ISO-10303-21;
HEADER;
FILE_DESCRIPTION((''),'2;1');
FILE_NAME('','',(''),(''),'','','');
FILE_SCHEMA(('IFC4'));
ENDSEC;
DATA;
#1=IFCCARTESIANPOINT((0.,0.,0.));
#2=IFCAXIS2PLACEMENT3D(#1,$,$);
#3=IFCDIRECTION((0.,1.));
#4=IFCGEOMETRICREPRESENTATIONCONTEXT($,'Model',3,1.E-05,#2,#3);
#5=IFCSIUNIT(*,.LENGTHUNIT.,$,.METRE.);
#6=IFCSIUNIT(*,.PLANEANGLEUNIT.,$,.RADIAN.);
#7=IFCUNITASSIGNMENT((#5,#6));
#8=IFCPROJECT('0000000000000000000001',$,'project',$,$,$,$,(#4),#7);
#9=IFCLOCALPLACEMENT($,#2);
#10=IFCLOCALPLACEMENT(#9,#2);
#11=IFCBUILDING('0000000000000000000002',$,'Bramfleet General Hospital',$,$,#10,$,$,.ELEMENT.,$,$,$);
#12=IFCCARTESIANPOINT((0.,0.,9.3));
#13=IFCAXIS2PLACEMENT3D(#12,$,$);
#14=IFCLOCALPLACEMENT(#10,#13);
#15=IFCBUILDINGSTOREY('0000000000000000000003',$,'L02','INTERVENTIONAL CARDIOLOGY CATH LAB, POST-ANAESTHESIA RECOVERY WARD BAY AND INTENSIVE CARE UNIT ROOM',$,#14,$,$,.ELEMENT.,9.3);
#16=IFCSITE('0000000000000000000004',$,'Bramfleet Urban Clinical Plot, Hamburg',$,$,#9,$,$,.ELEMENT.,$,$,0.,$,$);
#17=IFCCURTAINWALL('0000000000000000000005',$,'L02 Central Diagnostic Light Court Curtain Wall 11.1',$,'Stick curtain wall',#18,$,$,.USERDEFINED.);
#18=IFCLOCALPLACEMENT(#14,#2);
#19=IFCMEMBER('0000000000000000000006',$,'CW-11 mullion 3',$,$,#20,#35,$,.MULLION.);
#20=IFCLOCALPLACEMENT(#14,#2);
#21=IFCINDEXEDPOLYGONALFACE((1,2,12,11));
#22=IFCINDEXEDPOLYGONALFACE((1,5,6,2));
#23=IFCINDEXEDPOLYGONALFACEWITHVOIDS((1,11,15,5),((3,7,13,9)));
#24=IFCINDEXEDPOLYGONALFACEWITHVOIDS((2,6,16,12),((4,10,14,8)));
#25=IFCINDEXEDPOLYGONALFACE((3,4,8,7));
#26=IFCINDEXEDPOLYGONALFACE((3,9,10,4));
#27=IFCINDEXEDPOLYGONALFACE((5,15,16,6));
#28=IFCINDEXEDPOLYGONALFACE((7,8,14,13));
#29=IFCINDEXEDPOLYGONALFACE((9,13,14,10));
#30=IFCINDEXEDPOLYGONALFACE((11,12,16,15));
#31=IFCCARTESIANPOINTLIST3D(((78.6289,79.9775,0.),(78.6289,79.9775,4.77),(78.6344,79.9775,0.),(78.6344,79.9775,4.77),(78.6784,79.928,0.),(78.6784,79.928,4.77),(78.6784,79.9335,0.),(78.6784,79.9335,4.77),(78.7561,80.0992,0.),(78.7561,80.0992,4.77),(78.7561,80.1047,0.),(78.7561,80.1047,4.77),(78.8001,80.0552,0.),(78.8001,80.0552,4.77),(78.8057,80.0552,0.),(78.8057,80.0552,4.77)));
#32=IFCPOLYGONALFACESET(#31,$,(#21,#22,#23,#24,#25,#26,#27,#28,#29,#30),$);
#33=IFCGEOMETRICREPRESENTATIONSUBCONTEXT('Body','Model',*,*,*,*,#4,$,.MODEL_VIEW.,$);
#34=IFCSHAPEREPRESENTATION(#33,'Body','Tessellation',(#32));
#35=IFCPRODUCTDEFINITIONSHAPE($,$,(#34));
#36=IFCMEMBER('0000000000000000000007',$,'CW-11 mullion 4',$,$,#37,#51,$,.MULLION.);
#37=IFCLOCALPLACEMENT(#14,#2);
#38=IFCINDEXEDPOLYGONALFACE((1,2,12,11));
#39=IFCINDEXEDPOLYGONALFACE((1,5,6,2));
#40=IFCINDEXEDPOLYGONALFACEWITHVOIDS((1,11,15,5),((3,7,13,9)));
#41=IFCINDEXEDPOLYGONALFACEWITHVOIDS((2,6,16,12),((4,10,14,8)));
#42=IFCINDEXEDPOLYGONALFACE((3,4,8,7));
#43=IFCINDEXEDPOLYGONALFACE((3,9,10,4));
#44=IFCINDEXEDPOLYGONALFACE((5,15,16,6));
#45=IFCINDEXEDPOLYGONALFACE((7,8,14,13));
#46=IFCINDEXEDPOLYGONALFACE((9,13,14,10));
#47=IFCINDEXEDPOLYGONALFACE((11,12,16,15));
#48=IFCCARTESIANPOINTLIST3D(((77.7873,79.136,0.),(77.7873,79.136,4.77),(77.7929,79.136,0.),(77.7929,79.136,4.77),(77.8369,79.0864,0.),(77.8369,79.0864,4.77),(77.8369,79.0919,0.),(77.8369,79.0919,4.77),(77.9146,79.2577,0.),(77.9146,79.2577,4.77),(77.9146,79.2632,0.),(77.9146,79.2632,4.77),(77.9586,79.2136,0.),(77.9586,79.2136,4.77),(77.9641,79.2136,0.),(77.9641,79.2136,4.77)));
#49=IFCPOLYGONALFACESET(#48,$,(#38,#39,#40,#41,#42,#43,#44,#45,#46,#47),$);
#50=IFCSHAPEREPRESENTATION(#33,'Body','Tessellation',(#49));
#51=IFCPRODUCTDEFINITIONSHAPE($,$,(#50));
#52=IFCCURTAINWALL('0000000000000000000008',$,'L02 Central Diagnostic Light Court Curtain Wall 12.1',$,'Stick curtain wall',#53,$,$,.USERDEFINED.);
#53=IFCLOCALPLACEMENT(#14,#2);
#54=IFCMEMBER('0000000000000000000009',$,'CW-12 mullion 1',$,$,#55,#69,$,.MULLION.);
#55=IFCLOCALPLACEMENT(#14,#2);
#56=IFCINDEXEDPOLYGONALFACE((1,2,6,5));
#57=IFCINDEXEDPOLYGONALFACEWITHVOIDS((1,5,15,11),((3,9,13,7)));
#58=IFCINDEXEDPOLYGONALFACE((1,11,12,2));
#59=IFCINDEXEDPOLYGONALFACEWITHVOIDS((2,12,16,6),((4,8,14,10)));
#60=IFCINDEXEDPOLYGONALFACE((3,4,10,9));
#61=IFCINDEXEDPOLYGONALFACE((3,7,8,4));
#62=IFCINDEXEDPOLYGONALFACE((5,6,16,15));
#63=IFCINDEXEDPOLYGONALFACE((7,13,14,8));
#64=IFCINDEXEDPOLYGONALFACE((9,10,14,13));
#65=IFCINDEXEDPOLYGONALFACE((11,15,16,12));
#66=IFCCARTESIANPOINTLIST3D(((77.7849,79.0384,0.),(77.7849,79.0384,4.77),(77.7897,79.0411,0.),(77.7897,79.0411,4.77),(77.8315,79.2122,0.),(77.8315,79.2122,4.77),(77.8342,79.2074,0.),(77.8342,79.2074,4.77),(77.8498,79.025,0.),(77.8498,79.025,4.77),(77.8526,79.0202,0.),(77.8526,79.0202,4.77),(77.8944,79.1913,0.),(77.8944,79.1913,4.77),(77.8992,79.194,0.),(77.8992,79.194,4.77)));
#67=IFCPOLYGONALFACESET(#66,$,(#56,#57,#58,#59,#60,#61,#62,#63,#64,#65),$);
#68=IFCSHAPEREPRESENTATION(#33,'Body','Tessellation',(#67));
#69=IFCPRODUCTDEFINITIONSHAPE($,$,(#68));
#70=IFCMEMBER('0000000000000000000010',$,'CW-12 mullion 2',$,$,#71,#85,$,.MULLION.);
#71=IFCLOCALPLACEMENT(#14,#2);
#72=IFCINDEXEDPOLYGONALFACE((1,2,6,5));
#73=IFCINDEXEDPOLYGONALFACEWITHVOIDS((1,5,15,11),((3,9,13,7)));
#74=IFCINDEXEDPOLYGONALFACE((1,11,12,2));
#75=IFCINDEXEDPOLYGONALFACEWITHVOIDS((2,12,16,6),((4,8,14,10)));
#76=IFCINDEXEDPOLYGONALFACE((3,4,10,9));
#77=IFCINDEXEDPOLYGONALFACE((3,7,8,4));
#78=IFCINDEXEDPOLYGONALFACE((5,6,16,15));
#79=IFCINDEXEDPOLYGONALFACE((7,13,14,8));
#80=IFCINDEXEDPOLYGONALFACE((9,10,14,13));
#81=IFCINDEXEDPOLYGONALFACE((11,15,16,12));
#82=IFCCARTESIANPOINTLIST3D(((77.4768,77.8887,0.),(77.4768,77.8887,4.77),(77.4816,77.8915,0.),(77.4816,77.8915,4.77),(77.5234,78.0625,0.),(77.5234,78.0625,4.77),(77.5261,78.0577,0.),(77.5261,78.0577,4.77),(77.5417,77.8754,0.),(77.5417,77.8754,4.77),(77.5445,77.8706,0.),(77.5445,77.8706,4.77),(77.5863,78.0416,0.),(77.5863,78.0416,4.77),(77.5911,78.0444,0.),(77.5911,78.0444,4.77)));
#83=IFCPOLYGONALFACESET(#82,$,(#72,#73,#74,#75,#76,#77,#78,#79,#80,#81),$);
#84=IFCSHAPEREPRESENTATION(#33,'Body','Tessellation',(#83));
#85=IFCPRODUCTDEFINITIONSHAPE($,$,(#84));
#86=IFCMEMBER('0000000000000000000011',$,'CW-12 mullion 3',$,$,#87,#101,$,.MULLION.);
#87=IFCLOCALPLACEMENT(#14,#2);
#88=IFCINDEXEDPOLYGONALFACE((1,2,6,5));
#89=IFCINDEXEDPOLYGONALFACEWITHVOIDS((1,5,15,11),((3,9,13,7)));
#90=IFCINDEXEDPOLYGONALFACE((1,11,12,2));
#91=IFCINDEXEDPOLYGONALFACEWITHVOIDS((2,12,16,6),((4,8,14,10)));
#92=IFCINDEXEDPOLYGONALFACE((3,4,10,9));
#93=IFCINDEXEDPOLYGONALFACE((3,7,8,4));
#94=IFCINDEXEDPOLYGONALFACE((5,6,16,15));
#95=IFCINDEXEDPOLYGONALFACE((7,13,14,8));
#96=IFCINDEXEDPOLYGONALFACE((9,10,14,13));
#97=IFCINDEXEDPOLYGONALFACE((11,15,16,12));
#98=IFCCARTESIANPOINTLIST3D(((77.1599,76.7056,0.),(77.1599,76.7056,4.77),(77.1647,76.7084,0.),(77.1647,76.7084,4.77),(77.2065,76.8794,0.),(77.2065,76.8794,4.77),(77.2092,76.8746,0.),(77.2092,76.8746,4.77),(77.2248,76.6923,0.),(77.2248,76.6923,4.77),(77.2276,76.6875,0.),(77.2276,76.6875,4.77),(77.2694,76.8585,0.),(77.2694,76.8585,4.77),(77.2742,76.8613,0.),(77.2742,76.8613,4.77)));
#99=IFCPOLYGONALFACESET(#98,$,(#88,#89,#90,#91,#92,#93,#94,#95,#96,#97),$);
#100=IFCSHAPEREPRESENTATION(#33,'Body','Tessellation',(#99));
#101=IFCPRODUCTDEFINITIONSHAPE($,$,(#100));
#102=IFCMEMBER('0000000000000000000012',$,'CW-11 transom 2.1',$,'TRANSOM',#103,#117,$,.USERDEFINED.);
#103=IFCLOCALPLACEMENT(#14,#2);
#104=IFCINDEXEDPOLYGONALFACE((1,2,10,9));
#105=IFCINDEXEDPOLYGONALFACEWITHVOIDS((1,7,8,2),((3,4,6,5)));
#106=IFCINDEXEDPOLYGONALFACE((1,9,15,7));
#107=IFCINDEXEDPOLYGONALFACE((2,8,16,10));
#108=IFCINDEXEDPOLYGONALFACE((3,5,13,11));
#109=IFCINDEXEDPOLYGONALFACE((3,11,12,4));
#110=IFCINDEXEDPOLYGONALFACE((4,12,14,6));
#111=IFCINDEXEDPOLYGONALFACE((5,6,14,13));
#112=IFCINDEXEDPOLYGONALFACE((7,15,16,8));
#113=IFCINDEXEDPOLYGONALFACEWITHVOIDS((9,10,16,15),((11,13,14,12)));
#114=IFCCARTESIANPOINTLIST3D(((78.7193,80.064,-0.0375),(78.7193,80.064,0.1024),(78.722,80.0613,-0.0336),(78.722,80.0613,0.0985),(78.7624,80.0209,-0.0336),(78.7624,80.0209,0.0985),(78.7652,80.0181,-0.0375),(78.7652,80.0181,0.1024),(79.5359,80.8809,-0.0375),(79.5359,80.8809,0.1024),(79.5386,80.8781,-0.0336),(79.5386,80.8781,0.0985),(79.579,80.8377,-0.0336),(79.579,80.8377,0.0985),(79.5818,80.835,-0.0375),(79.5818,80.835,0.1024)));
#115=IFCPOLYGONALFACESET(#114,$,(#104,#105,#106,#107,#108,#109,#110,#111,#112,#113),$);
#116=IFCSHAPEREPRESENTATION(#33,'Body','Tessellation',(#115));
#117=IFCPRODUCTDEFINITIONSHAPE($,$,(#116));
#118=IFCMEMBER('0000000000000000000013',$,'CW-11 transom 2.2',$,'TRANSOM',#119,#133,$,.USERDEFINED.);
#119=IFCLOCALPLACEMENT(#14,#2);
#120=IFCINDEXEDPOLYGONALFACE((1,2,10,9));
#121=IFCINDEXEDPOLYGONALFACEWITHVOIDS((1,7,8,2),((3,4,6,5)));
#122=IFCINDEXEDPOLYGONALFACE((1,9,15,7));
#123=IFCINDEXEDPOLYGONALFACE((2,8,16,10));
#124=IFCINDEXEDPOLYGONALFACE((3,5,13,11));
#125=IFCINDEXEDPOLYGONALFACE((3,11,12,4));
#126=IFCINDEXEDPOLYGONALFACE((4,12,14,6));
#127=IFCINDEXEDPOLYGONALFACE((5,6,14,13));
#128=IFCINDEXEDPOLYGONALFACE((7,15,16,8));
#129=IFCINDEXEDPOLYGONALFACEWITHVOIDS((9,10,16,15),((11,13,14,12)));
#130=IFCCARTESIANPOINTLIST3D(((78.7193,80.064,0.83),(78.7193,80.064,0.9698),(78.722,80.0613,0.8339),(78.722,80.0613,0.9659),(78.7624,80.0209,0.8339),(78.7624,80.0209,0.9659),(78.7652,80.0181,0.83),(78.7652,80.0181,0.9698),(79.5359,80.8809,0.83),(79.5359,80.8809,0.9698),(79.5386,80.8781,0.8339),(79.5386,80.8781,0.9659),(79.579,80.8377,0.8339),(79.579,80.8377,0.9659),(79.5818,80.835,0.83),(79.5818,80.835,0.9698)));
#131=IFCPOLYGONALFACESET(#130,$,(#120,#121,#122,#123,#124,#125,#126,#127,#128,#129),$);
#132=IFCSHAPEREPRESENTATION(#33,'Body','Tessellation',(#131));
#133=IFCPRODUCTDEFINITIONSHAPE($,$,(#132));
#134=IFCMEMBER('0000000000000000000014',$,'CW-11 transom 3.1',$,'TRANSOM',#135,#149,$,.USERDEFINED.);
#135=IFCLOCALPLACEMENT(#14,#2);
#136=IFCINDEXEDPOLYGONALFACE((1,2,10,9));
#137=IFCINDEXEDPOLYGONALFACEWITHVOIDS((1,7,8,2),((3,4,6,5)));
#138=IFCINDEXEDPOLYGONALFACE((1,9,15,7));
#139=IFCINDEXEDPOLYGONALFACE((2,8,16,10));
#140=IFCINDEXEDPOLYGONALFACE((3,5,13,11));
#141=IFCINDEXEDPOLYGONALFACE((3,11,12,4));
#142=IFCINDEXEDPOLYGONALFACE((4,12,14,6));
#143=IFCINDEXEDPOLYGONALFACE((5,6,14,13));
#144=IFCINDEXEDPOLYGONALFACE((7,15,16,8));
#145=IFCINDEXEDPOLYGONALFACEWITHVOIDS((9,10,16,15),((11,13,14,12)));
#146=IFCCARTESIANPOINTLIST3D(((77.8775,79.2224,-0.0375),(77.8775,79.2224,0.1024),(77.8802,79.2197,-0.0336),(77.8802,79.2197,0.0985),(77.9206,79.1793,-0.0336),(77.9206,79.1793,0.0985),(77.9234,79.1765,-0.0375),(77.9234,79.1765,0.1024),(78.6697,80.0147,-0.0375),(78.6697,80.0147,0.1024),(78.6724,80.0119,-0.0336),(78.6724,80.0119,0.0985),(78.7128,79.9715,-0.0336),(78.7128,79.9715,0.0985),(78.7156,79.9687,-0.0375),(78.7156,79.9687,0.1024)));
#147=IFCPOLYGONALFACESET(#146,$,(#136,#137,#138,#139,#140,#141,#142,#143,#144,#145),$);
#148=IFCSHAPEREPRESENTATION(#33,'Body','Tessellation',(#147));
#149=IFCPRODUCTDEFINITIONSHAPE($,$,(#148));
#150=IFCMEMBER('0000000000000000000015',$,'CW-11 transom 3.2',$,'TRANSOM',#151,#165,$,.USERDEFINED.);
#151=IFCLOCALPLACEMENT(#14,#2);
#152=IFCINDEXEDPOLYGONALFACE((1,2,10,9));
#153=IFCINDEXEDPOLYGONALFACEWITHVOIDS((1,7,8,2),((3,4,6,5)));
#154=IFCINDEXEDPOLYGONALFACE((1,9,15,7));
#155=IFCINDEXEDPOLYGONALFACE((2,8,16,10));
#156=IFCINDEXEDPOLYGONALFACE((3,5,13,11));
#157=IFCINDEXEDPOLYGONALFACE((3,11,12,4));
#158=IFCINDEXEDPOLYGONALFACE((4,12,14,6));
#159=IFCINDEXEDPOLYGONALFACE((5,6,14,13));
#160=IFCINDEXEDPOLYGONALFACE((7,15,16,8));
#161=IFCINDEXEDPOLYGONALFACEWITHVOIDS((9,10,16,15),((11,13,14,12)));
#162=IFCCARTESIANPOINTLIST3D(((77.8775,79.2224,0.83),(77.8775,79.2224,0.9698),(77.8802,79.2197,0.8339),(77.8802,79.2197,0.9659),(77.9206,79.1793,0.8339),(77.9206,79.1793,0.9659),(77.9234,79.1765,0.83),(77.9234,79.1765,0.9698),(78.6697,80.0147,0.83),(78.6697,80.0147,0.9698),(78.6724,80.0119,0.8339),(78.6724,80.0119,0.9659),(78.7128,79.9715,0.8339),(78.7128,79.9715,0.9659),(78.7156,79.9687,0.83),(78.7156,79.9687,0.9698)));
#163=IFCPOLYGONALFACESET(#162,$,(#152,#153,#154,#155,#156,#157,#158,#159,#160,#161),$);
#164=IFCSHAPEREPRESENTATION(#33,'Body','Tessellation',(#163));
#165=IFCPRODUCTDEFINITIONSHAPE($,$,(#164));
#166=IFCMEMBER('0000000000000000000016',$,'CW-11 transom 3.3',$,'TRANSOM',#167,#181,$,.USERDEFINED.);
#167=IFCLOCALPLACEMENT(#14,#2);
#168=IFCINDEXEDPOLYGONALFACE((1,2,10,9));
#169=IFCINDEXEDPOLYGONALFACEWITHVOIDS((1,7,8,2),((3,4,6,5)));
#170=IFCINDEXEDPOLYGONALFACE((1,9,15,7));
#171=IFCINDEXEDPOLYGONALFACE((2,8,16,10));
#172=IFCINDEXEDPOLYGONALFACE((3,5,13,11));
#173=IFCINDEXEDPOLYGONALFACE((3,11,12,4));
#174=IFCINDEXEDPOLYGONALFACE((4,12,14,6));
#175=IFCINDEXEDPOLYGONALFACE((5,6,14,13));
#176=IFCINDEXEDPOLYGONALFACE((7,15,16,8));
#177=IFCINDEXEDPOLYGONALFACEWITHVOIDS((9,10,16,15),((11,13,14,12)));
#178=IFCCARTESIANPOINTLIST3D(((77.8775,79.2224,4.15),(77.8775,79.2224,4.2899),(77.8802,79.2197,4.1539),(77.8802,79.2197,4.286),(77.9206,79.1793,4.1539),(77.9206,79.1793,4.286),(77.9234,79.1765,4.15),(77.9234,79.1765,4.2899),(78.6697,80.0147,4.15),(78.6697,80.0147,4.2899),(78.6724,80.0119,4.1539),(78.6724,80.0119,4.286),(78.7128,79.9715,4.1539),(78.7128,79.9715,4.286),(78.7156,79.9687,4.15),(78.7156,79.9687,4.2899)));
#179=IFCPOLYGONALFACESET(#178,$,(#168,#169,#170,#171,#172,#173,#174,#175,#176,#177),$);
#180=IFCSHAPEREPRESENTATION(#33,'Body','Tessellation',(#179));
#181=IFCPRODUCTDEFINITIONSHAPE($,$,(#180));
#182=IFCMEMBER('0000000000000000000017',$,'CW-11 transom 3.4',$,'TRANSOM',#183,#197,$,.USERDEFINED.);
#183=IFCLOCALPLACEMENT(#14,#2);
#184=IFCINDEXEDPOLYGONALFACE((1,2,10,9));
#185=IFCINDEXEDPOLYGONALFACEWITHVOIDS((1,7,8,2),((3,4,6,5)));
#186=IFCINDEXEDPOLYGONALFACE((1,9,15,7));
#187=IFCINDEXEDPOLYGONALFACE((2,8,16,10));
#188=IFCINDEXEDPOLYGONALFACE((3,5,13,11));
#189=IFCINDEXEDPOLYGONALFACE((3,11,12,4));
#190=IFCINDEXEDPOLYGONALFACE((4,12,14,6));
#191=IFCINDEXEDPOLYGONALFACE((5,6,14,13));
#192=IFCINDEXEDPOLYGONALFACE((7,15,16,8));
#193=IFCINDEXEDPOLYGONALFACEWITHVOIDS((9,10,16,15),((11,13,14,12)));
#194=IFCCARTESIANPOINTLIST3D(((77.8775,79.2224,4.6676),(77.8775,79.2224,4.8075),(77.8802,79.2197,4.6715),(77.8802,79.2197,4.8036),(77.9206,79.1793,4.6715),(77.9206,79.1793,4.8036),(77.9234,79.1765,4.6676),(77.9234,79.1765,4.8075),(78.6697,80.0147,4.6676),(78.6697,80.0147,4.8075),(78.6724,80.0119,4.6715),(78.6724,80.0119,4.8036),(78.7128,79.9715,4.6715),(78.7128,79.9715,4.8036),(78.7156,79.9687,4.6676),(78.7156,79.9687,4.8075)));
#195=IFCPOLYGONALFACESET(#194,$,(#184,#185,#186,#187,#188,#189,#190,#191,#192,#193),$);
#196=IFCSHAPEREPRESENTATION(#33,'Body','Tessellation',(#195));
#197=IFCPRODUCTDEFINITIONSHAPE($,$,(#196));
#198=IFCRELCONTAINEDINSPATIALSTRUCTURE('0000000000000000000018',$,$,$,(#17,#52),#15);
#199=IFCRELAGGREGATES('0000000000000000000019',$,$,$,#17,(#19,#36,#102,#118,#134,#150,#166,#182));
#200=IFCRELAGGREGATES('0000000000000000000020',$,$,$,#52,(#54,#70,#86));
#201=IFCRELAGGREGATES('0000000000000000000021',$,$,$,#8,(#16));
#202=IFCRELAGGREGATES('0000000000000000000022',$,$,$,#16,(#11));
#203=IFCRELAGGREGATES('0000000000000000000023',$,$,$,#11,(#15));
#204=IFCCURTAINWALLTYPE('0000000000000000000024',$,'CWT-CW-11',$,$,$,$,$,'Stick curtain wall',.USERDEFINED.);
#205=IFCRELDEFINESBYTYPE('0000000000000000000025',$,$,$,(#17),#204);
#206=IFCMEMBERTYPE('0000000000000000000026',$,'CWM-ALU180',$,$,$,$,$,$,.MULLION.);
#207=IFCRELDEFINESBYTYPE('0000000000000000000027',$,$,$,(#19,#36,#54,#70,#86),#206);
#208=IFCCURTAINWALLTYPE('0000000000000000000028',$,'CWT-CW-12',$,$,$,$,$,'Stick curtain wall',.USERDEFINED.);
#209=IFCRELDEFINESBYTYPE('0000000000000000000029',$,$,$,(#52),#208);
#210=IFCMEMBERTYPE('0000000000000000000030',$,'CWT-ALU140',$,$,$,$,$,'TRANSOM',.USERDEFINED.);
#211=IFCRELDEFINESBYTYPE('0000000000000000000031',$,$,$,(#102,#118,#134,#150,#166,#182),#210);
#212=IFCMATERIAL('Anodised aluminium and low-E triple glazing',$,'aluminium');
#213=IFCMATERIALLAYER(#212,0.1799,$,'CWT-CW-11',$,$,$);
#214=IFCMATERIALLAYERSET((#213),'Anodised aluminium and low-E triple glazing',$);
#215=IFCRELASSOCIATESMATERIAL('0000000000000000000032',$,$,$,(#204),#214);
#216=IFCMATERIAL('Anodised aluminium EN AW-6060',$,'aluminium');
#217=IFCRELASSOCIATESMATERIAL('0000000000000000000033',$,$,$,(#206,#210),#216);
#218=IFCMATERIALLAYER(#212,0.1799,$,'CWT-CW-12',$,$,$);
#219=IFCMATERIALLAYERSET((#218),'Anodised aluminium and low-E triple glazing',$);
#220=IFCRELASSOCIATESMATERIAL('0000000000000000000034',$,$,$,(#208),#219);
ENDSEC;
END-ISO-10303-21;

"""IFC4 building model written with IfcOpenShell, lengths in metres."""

from ifc_helpers import new_model, si_unit, direction, frame, origin, origin_2d, place, context, subcontext, project, spatial, hollow_rectangle, extrude, material, layer, layer_set, material_profile, profile_set, type_object, element, aggregate, save


model = new_model("IFC4")

# Units and contexts
model_context = context("Model", 3, precision=1e-05, world=origin(), true_north=direction((0.0, 1.0)))
body_context = subcontext(model_context, "Body", "Model", "MODEL_VIEW")
ifc_project = project(units=[si_unit("LENGTHUNIT", "METRE"), si_unit("PLANEANGLEUNIT", "RADIAN")], contexts=[model_context])

# Site, building, storey
site_placement = place(None, origin())
site = spatial("IfcSite", under=ifc_project, at=site_placement, Name="Bramfleet Urban Clinical Plot, Hamburg", CompositionType="ELEMENT", RefElevation=0.0)
building_placement = place(site_placement, origin())
building = spatial("IfcBuilding", under=site, at=building_placement, Name="Bramfleet General Hospital", CompositionType="ELEMENT")
storey_placement = place(building_placement, frame((0.0, 0.0, 9.3)))
storey = spatial("IfcBuildingStorey", under=building, at=storey_placement, Name="L02", Description="INTERVENTIONAL CARDIOLOGY CATH LAB, POST-ANAESTHESIA RECOVERY WARD BAY AND INTENSIVE CARE UNIT ROOM", CompositionType="ELEMENT", Elevation=9.3)

# Curtain walls, members
ifc_material_1 = material(Name="Anodised aluminium and low-E triple glazing", Category="aluminium")
ifc_layer_1 = layer(ifc_material_1, 0.1799, Name="CWT-CW-11")
ifc_layer_set_1 = layer_set([ifc_layer_1], Name="Anodised aluminium and low-E triple glazing")
curtain_wall_type_1 = type_object("IfcCurtainWallType", Name="CWT-CW-11", ElementType="Stick curtain wall", PredefinedType="USERDEFINED", material=ifc_layer_set_1)
curtain_wall_1_placement = place(storey_placement, origin())
curtain_wall_1 = element("IfcCurtainWall", 1, at=curtain_wall_1_placement, inside=storey, type_object=curtain_wall_type_1, Name="L02 Central Diagnostic Light Court Curtain Wall 11.1", ObjectType="Stick curtain wall", PredefinedType="USERDEFINED")
ifc_material_2 = material(Name="Anodised aluminium EN AW-6060", Category="aluminium")
ifc_material_profile_1 = material_profile(ifc_material_2, hollow_rectangle(XDim=0.0701, YDim=0.1799, WallThickness=0.0039, at=origin_2d()), Name="ALU 180x70x4.0")
ifc_profile_set_1 = profile_set([ifc_material_profile_1], Name="Anodised aluminium EN AW-6060")
member_type_1 = type_object("IfcMemberType", Name="CWM-ALU180", PredefinedType="MULLION", material=ifc_profile_set_1)
member_1_placement = place(storey_placement, frame((78.7173, 80.0164, 0.0), z_axis=(0.0, 0.0, 1.0), x_axis=(0.707107, -0.707107, 0.0)))
member_1 = element("IfcMember", 2, at=member_1_placement, type_object=member_type_1, Name="CW-11 mullion 3", PredefinedType="MULLION", context=body_context, shape_type="SweptSolid", body=[
    extrude(hollow_rectangle(XDim=0.0701, YDim=0.1799, WallThickness=0.0039, at=origin_2d()), origin(), (0.0, 0.0, 1.0), 4.77),
])
member_2_placement = place(storey_placement, frame((77.8757, 79.1748, 0.0), z_axis=(0.0, 0.0, 1.0), x_axis=(0.707107, -0.707107, 0.0)))
member_2 = element("IfcMember", 3, at=member_2_placement, type_object=member_type_1, Name="CW-11 mullion 4", PredefinedType="MULLION", context=body_context, shape_type="SweptSolid", body=[
    extrude(hollow_rectangle(XDim=0.0701, YDim=0.1799, WallThickness=0.0039, at=origin_2d()), origin(), (0.0, 0.0, 1.0), 4.77),
])
ifc_layer_2 = layer(ifc_material_1, 0.1799, Name="CWT-CW-12")
ifc_layer_set_2 = layer_set([ifc_layer_2], Name="Anodised aluminium and low-E triple glazing")
curtain_wall_type_2 = type_object("IfcCurtainWallType", Name="CWT-CW-12", ElementType="Stick curtain wall", PredefinedType="USERDEFINED", material=ifc_layer_set_2)
curtain_wall_2_placement = place(storey_placement, origin())
curtain_wall_2 = element("IfcCurtainWall", 4, at=curtain_wall_2_placement, inside=storey, type_object=curtain_wall_type_2, Name="L02 Central Diagnostic Light Court Curtain Wall 12.1", ObjectType="Stick curtain wall", PredefinedType="USERDEFINED")
member_3_placement = place(storey_placement, frame((77.842, 79.1162, 0.0), z_axis=(0.0, 0.0, 1.0), x_axis=(0.965941, -0.258763, 0.0)))
member_3 = element("IfcMember", 5, at=member_3_placement, type_object=member_type_1, Name="CW-12 mullion 1", PredefinedType="MULLION", context=body_context, shape_type="SweptSolid", body=[
    extrude(hollow_rectangle(XDim=0.0701, YDim=0.1799, WallThickness=0.0039, at=origin_2d()), origin(), (0.0, 0.0, 1.0), 4.77),
])
member_4_placement = place(storey_placement, frame((77.5339, 77.9666, 0.0), z_axis=(0.0, 0.0, 1.0), x_axis=(0.965941, -0.258763, 0.0)))
member_4 = element("IfcMember", 6, at=member_4_placement, type_object=member_type_1, Name="CW-12 mullion 2", PredefinedType="MULLION", context=body_context, shape_type="SweptSolid", body=[
    extrude(hollow_rectangle(XDim=0.0701, YDim=0.1799, WallThickness=0.0039, at=origin_2d()), origin(), (0.0, 0.0, 1.0), 4.77),
])
member_5_placement = place(storey_placement, frame((77.217, 76.7834, 0.0), z_axis=(0.0, 0.0, 1.0), x_axis=(0.965941, -0.258763, 0.0)))
member_5 = element("IfcMember", 7, at=member_5_placement, type_object=member_type_1, Name="CW-12 mullion 3", PredefinedType="MULLION", context=body_context, shape_type="SweptSolid", body=[
    extrude(hollow_rectangle(XDim=0.0701, YDim=0.1799, WallThickness=0.0039, at=origin_2d()), origin(), (0.0, 0.0, 1.0), 4.77),
])

# Members
ifc_material_profile_2 = material_profile(ifc_material_2, hollow_rectangle(XDim=0.0649, YDim=0.1399, WallThickness=0.0039, at=origin_2d()), Name="ALU 140x65x4.0")
ifc_profile_set_2 = profile_set([ifc_material_profile_2], Name="Anodised aluminium EN AW-6060")
member_type_2 = type_object("IfcMemberType", Name="CWT-ALU140", ElementType="TRANSOM", PredefinedType="USERDEFINED", material=ifc_profile_set_2)
member_6_placement = place(storey_placement, frame((79.5588, 80.8579, 0.0325), z_axis=(-0.707001, -0.707212, 0.0), x_axis=(0.707212, -0.707001, 0.0)))
member_6 = element("IfcMember", 8, at=member_6_placement, type_object=member_type_2, Name="CW-11 transom 2.1", ObjectType="TRANSOM", PredefinedType="USERDEFINED", context=body_context, shape_type="SweptSolid", body=[
    extrude(hollow_rectangle(XDim=0.0649, YDim=0.1399, WallThickness=0.0039, at=origin_2d()), origin(), (0.0, 0.0, 1.0), 1.155),
])
member_7_placement = place(storey_placement, frame((79.5588, 80.8579, 0.8999), z_axis=(-0.707001, -0.707212, 0.0), x_axis=(0.707212, -0.707001, 0.0)))
member_7 = element("IfcMember", 9, at=member_7_placement, type_object=member_type_2, Name="CW-11 transom 2.2", ObjectType="TRANSOM", PredefinedType="USERDEFINED", context=body_context, shape_type="SweptSolid", body=[
    extrude(hollow_rectangle(XDim=0.0649, YDim=0.1399, WallThickness=0.0039, at=origin_2d()), origin(), (0.0, 0.0, 1.0), 1.155),
])
member_8_placement = place(storey_placement, frame((78.6926, 79.9917, 0.0325), z_axis=(-0.707107, -0.707107, 0.0), x_axis=(0.707107, -0.707107, 0.0)))
member_8 = element("IfcMember", 10, at=member_8_placement, type_object=member_type_2, Name="CW-11 transom 3.1", ObjectType="TRANSOM", PredefinedType="USERDEFINED", context=body_context, shape_type="SweptSolid", body=[
    extrude(hollow_rectangle(XDim=0.0649, YDim=0.1399, WallThickness=0.0039, at=origin_2d()), origin(), (0.0, 0.0, 1.0), 1.1204),
])
member_9_placement = place(storey_placement, frame((78.6926, 79.9917, 0.8999), z_axis=(-0.707107, -0.707107, 0.0), x_axis=(0.707107, -0.707107, 0.0)))
member_9 = element("IfcMember", 11, at=member_9_placement, type_object=member_type_2, Name="CW-11 transom 3.2", ObjectType="TRANSOM", PredefinedType="USERDEFINED", context=body_context, shape_type="SweptSolid", body=[
    extrude(hollow_rectangle(XDim=0.0649, YDim=0.1399, WallThickness=0.0039, at=origin_2d()), origin(), (0.0, 0.0, 1.0), 1.1204),
])
member_10_placement = place(storey_placement, frame((78.6926, 79.9917, 4.22), z_axis=(-0.707107, -0.707107, 0.0), x_axis=(0.707107, -0.707107, 0.0)))
member_10 = element("IfcMember", 12, at=member_10_placement, type_object=member_type_2, Name="CW-11 transom 3.3", ObjectType="TRANSOM", PredefinedType="USERDEFINED", context=body_context, shape_type="SweptSolid", body=[
    extrude(hollow_rectangle(XDim=0.0649, YDim=0.1399, WallThickness=0.0039, at=origin_2d()), origin(), (0.0, 0.0, 1.0), 1.1204),
])
member_11_placement = place(storey_placement, frame((78.6926, 79.9917, 4.7375), z_axis=(-0.707107, -0.707107, 0.0), x_axis=(0.707107, -0.707107, 0.0)))
member_11 = element("IfcMember", 13, at=member_11_placement, type_object=member_type_2, Name="CW-11 transom 3.4", ObjectType="TRANSOM", PredefinedType="USERDEFINED", context=body_context, shape_type="SweptSolid", body=[
    extrude(hollow_rectangle(XDim=0.0649, YDim=0.1399, WallThickness=0.0039, at=origin_2d()), origin(), (0.0, 0.0, 1.0), 1.1204),
])

aggregate(curtain_wall_1, [member_1, member_2, member_6, member_7, member_8, member_9, member_10, member_11])
aggregate(curtain_wall_2, [member_3, member_4, member_5])

save(model, "model.ifc")
